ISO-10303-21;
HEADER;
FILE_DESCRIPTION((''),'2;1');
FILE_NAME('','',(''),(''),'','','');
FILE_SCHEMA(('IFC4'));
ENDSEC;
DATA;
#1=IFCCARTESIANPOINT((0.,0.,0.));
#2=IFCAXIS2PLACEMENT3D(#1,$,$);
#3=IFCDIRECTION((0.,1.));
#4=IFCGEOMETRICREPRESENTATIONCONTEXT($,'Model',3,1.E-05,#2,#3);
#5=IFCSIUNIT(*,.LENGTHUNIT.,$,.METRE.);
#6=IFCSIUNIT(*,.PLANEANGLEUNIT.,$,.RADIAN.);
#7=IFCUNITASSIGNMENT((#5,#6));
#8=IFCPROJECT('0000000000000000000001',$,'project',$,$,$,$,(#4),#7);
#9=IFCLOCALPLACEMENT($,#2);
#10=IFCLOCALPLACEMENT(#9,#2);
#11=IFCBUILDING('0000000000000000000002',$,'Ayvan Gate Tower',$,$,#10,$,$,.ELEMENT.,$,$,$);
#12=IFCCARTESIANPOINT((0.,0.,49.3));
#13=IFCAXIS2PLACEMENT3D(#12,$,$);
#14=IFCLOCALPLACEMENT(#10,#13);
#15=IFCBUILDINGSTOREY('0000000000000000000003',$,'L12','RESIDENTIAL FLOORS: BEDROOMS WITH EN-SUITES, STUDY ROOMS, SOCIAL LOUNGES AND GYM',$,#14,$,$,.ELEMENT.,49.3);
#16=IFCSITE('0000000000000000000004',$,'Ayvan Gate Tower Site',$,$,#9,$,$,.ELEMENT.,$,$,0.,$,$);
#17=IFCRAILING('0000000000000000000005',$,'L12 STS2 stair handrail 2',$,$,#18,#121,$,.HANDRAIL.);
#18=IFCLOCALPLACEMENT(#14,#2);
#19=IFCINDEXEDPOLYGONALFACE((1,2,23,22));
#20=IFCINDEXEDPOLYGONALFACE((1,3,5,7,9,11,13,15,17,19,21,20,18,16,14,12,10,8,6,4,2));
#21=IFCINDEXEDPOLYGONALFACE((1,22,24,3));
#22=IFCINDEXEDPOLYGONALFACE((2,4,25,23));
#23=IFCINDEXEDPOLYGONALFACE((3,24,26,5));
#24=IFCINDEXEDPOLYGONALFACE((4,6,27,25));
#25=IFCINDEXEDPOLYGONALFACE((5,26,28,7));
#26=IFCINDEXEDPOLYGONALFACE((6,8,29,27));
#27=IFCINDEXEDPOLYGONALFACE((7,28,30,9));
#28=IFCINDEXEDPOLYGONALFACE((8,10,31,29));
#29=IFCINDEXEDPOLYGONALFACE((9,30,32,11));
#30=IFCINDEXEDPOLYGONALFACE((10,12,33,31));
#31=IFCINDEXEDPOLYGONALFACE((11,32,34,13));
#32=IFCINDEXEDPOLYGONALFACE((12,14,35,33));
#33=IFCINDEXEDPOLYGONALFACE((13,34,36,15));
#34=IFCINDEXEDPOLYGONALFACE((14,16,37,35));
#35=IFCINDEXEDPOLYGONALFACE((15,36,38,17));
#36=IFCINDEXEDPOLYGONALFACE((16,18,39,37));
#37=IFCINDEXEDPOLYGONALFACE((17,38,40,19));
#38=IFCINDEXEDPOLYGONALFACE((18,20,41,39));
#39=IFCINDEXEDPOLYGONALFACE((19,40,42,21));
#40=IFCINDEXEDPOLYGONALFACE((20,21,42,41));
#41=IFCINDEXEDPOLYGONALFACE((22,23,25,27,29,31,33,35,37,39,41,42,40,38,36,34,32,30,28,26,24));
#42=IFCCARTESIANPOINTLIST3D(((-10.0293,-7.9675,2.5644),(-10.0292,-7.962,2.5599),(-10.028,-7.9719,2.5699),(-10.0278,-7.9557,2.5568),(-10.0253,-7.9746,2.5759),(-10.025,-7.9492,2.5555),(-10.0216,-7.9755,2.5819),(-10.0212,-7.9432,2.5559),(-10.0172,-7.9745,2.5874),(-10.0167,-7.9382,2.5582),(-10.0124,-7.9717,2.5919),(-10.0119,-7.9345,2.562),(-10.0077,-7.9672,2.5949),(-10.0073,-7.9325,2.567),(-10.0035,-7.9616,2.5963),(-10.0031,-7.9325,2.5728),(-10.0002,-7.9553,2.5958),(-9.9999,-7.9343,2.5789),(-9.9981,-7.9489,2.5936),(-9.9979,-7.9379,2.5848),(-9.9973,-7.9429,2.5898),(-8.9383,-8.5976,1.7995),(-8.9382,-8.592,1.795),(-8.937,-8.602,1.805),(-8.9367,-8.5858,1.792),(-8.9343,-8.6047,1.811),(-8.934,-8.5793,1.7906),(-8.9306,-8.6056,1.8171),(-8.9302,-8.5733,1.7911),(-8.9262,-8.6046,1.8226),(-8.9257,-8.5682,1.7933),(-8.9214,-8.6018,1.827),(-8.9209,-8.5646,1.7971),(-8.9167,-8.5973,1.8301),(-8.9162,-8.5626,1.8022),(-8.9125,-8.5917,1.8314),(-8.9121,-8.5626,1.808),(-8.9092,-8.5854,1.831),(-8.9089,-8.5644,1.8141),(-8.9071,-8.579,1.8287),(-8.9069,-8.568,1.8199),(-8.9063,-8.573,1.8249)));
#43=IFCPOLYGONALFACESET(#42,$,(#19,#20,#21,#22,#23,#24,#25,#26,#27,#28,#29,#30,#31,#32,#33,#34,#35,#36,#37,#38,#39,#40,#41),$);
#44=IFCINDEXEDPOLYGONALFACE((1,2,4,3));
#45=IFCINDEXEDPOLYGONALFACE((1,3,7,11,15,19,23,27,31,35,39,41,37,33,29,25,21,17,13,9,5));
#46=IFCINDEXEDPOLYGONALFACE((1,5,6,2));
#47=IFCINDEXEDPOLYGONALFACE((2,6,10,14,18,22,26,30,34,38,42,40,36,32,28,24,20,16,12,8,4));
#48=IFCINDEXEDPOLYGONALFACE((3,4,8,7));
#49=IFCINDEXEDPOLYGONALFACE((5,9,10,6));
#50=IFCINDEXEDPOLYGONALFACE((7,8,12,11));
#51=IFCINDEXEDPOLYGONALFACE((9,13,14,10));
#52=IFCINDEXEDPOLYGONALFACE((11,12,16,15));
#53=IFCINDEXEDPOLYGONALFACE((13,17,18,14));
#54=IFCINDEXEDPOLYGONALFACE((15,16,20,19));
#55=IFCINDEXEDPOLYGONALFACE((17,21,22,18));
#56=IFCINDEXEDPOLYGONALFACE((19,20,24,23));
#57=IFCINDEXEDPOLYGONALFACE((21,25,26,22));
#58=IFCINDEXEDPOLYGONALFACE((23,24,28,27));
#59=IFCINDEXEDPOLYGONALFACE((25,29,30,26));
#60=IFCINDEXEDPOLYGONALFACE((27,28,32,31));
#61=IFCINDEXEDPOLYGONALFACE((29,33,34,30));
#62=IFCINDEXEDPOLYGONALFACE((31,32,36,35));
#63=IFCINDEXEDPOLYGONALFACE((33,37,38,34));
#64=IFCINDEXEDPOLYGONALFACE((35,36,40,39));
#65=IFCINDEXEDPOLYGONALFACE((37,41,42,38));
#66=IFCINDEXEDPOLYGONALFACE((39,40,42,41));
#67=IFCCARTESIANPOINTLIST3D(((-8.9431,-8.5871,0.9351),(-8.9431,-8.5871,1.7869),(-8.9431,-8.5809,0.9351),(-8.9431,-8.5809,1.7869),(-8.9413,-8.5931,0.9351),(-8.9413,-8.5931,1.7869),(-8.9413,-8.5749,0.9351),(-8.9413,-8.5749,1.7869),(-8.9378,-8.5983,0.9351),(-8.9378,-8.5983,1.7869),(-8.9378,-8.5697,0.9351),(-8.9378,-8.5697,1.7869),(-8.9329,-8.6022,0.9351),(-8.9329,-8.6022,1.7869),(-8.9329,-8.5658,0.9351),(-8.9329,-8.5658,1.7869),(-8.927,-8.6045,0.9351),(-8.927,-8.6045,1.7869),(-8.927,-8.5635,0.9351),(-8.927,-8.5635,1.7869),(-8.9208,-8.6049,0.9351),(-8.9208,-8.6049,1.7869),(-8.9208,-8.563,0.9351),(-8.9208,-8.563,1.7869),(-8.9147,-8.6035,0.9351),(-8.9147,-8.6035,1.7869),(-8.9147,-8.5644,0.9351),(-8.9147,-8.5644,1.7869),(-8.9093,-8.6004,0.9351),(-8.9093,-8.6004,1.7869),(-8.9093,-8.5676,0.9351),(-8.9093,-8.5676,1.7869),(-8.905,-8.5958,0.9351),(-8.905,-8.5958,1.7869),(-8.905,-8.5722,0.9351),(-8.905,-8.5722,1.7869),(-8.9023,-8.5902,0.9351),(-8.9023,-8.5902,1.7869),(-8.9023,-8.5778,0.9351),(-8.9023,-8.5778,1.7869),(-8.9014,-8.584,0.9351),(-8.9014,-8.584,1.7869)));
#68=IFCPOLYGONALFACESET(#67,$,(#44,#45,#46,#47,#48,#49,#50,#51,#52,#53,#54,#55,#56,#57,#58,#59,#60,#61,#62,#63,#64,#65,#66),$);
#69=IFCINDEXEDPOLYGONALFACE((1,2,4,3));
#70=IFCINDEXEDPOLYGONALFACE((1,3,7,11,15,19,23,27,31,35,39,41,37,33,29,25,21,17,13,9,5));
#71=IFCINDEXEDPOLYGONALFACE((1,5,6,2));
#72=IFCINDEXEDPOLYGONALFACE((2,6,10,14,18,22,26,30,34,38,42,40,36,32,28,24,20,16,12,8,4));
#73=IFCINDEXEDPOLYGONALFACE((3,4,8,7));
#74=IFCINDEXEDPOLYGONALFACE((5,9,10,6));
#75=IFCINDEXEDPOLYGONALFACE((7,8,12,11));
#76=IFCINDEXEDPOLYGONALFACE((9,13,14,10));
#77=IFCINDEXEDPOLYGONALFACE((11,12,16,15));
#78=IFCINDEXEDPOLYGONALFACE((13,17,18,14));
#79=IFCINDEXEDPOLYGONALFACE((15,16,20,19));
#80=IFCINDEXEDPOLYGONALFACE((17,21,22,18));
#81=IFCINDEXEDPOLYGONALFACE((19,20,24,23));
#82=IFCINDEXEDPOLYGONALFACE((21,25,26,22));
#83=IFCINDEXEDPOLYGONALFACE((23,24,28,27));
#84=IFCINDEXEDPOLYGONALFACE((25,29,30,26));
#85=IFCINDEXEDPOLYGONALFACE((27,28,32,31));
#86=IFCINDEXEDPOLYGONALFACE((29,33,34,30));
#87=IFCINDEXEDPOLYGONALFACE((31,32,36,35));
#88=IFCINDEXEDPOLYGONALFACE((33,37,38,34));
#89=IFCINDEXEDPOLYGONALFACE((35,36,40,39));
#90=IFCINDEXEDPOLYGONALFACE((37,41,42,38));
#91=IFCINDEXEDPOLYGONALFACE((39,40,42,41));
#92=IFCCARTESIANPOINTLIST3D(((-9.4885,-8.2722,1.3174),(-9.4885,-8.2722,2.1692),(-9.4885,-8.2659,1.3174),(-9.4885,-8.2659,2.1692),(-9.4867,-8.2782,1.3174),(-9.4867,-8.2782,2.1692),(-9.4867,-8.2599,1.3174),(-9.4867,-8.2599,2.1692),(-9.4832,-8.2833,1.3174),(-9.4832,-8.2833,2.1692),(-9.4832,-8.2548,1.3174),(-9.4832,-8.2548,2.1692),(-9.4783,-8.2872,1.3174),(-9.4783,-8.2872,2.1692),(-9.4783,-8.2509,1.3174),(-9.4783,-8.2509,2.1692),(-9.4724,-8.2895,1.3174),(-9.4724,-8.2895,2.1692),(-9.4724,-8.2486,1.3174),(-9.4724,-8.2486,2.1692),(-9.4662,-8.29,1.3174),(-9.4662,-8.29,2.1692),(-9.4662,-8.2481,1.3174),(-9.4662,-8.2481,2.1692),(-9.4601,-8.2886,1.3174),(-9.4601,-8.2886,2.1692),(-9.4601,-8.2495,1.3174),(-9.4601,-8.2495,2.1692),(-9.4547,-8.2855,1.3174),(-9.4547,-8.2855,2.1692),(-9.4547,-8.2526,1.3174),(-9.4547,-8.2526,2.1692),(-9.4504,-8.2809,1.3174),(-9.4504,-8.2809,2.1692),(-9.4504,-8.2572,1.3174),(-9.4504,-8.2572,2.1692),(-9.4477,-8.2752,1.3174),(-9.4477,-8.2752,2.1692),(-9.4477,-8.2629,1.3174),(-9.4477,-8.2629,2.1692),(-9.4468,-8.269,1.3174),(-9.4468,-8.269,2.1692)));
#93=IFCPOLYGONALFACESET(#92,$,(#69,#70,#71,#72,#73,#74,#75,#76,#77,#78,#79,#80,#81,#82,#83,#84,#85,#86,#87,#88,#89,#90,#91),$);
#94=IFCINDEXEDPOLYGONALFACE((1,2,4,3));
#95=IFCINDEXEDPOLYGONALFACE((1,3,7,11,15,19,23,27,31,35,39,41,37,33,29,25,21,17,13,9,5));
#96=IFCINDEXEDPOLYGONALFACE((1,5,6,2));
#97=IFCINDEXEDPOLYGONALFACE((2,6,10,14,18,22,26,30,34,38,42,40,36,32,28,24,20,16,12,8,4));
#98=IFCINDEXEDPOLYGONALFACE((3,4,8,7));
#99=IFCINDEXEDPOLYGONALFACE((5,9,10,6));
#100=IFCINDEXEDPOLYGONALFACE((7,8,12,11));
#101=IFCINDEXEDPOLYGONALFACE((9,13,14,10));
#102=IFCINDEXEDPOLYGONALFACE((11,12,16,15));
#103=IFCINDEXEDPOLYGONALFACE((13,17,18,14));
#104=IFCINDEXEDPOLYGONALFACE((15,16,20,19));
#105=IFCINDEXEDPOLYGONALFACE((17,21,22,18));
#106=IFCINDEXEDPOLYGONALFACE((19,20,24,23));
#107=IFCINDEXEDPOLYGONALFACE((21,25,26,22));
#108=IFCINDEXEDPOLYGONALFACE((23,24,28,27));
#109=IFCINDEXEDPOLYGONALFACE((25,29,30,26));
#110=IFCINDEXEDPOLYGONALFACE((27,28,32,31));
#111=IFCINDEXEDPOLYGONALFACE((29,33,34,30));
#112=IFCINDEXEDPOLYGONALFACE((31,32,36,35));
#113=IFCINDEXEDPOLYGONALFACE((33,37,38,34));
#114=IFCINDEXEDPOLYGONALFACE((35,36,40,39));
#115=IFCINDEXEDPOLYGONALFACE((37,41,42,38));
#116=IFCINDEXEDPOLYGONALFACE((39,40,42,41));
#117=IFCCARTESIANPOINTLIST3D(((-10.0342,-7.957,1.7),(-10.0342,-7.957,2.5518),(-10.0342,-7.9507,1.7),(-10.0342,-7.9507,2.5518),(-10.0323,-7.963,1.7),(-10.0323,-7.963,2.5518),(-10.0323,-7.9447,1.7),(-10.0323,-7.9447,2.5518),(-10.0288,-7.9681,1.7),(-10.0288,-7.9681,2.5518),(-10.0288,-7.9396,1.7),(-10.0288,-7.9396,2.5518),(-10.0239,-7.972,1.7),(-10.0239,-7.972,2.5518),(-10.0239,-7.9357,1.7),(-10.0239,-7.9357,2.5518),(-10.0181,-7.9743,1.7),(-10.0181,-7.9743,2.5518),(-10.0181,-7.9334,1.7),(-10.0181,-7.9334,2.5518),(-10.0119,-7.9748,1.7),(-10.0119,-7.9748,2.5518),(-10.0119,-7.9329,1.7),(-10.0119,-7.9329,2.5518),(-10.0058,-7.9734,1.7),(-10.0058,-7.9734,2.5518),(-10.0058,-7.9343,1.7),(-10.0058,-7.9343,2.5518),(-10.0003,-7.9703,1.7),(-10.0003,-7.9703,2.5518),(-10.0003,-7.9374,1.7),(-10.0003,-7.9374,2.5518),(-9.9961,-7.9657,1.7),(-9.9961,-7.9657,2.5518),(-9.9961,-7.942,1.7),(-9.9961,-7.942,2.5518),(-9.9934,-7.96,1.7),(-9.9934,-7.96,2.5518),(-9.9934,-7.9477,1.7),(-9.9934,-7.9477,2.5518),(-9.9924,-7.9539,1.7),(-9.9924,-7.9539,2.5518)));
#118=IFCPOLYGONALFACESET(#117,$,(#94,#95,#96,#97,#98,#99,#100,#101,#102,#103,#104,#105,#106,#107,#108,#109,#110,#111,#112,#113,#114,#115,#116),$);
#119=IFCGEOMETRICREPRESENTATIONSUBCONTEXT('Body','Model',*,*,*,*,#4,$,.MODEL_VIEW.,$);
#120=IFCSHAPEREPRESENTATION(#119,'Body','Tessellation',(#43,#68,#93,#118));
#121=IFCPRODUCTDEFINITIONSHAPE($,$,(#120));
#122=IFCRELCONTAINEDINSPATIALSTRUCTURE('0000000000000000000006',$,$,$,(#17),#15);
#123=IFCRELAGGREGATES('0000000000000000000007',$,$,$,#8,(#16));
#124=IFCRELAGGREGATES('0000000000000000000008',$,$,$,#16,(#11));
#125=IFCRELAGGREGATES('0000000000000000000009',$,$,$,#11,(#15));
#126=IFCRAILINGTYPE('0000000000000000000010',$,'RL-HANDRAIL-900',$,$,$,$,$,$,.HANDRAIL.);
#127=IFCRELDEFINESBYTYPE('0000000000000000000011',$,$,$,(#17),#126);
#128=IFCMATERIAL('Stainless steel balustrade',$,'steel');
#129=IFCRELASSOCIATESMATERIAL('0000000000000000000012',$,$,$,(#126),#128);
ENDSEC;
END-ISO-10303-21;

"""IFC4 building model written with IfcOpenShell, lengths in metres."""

from ifc_helpers import new_model, si_unit, direction, frame, origin, origin_2d, place, context, subcontext, project, spatial, circle, extrude, material, type_object, element, save


model = new_model("IFC4")

# Units and contexts
model_context = context("Model", 3, precision=1e-05, world=origin(), true_north=direction((0.0, 1.0)))
body_context = subcontext(model_context, "Body", "Model", "MODEL_VIEW")
ifc_project = project(units=[si_unit("LENGTHUNIT", "METRE"), si_unit("PLANEANGLEUNIT", "RADIAN")], contexts=[model_context])

# Site, building, storey
site_placement = place(None, origin())
site = spatial("IfcSite", under=ifc_project, at=site_placement, Name="Ayvan Gate Tower Site", CompositionType="ELEMENT", RefElevation=0.0)
building_placement = place(site_placement, origin())
building = spatial("IfcBuilding", under=site, at=building_placement, Name="Ayvan Gate Tower", CompositionType="ELEMENT")
storey_placement = place(building_placement, frame((0.0, 0.0, 49.3)))
storey = spatial("IfcBuildingStorey", under=building, at=storey_placement, Name="L12", Description="RESIDENTIAL FLOORS: BEDROOMS WITH EN-SUITES, STUDY ROOMS, SOCIAL LOUNGES AND GYM", CompositionType="ELEMENT", Elevation=49.3)

# Railing
ifc_material_1 = material(Name="Stainless steel balustrade", Category="steel")
railing_type = type_object("IfcRailingType", Name="RL-HANDRAIL-900", PredefinedType="HANDRAIL", material=ifc_material_1)
railing_placement = place(storey_placement, frame((-8.9224, -8.584, 0.9351)))
element("IfcRailing", 1, at=railing_placement, inside=storey, type_object=railing_type, Name="L12 STS2 stair handrail 2", PredefinedType="HANDRAIL", context=body_context, shape_type="SweptSolid", body=[
    extrude(circle(Radius=0.0239, at=origin_2d()), frame((0.0, 0.0, 0.876), z_axis=(-0.740229, 0.427508, 0.518939), x_axis=(-0.500119, -0.865956, 0.0)), (0.0, 0.0, 1.0), 1.4739),
    extrude(circle(Radius=0.021, at=origin_2d()), origin(), (0.0, 0.0, 1.0), 0.8518),
    extrude(circle(Radius=0.021, at=origin_2d()), frame((-0.5454, 0.3149, 0.3823)), (0.0, 0.0, 1.0), 0.8518),
    extrude(circle(Radius=0.021, at=origin_2d()), frame((-1.0911, 0.6301, 0.7649)), (0.0, 0.0, 1.0), 0.8518),
])

save(model, "model.ifc")
